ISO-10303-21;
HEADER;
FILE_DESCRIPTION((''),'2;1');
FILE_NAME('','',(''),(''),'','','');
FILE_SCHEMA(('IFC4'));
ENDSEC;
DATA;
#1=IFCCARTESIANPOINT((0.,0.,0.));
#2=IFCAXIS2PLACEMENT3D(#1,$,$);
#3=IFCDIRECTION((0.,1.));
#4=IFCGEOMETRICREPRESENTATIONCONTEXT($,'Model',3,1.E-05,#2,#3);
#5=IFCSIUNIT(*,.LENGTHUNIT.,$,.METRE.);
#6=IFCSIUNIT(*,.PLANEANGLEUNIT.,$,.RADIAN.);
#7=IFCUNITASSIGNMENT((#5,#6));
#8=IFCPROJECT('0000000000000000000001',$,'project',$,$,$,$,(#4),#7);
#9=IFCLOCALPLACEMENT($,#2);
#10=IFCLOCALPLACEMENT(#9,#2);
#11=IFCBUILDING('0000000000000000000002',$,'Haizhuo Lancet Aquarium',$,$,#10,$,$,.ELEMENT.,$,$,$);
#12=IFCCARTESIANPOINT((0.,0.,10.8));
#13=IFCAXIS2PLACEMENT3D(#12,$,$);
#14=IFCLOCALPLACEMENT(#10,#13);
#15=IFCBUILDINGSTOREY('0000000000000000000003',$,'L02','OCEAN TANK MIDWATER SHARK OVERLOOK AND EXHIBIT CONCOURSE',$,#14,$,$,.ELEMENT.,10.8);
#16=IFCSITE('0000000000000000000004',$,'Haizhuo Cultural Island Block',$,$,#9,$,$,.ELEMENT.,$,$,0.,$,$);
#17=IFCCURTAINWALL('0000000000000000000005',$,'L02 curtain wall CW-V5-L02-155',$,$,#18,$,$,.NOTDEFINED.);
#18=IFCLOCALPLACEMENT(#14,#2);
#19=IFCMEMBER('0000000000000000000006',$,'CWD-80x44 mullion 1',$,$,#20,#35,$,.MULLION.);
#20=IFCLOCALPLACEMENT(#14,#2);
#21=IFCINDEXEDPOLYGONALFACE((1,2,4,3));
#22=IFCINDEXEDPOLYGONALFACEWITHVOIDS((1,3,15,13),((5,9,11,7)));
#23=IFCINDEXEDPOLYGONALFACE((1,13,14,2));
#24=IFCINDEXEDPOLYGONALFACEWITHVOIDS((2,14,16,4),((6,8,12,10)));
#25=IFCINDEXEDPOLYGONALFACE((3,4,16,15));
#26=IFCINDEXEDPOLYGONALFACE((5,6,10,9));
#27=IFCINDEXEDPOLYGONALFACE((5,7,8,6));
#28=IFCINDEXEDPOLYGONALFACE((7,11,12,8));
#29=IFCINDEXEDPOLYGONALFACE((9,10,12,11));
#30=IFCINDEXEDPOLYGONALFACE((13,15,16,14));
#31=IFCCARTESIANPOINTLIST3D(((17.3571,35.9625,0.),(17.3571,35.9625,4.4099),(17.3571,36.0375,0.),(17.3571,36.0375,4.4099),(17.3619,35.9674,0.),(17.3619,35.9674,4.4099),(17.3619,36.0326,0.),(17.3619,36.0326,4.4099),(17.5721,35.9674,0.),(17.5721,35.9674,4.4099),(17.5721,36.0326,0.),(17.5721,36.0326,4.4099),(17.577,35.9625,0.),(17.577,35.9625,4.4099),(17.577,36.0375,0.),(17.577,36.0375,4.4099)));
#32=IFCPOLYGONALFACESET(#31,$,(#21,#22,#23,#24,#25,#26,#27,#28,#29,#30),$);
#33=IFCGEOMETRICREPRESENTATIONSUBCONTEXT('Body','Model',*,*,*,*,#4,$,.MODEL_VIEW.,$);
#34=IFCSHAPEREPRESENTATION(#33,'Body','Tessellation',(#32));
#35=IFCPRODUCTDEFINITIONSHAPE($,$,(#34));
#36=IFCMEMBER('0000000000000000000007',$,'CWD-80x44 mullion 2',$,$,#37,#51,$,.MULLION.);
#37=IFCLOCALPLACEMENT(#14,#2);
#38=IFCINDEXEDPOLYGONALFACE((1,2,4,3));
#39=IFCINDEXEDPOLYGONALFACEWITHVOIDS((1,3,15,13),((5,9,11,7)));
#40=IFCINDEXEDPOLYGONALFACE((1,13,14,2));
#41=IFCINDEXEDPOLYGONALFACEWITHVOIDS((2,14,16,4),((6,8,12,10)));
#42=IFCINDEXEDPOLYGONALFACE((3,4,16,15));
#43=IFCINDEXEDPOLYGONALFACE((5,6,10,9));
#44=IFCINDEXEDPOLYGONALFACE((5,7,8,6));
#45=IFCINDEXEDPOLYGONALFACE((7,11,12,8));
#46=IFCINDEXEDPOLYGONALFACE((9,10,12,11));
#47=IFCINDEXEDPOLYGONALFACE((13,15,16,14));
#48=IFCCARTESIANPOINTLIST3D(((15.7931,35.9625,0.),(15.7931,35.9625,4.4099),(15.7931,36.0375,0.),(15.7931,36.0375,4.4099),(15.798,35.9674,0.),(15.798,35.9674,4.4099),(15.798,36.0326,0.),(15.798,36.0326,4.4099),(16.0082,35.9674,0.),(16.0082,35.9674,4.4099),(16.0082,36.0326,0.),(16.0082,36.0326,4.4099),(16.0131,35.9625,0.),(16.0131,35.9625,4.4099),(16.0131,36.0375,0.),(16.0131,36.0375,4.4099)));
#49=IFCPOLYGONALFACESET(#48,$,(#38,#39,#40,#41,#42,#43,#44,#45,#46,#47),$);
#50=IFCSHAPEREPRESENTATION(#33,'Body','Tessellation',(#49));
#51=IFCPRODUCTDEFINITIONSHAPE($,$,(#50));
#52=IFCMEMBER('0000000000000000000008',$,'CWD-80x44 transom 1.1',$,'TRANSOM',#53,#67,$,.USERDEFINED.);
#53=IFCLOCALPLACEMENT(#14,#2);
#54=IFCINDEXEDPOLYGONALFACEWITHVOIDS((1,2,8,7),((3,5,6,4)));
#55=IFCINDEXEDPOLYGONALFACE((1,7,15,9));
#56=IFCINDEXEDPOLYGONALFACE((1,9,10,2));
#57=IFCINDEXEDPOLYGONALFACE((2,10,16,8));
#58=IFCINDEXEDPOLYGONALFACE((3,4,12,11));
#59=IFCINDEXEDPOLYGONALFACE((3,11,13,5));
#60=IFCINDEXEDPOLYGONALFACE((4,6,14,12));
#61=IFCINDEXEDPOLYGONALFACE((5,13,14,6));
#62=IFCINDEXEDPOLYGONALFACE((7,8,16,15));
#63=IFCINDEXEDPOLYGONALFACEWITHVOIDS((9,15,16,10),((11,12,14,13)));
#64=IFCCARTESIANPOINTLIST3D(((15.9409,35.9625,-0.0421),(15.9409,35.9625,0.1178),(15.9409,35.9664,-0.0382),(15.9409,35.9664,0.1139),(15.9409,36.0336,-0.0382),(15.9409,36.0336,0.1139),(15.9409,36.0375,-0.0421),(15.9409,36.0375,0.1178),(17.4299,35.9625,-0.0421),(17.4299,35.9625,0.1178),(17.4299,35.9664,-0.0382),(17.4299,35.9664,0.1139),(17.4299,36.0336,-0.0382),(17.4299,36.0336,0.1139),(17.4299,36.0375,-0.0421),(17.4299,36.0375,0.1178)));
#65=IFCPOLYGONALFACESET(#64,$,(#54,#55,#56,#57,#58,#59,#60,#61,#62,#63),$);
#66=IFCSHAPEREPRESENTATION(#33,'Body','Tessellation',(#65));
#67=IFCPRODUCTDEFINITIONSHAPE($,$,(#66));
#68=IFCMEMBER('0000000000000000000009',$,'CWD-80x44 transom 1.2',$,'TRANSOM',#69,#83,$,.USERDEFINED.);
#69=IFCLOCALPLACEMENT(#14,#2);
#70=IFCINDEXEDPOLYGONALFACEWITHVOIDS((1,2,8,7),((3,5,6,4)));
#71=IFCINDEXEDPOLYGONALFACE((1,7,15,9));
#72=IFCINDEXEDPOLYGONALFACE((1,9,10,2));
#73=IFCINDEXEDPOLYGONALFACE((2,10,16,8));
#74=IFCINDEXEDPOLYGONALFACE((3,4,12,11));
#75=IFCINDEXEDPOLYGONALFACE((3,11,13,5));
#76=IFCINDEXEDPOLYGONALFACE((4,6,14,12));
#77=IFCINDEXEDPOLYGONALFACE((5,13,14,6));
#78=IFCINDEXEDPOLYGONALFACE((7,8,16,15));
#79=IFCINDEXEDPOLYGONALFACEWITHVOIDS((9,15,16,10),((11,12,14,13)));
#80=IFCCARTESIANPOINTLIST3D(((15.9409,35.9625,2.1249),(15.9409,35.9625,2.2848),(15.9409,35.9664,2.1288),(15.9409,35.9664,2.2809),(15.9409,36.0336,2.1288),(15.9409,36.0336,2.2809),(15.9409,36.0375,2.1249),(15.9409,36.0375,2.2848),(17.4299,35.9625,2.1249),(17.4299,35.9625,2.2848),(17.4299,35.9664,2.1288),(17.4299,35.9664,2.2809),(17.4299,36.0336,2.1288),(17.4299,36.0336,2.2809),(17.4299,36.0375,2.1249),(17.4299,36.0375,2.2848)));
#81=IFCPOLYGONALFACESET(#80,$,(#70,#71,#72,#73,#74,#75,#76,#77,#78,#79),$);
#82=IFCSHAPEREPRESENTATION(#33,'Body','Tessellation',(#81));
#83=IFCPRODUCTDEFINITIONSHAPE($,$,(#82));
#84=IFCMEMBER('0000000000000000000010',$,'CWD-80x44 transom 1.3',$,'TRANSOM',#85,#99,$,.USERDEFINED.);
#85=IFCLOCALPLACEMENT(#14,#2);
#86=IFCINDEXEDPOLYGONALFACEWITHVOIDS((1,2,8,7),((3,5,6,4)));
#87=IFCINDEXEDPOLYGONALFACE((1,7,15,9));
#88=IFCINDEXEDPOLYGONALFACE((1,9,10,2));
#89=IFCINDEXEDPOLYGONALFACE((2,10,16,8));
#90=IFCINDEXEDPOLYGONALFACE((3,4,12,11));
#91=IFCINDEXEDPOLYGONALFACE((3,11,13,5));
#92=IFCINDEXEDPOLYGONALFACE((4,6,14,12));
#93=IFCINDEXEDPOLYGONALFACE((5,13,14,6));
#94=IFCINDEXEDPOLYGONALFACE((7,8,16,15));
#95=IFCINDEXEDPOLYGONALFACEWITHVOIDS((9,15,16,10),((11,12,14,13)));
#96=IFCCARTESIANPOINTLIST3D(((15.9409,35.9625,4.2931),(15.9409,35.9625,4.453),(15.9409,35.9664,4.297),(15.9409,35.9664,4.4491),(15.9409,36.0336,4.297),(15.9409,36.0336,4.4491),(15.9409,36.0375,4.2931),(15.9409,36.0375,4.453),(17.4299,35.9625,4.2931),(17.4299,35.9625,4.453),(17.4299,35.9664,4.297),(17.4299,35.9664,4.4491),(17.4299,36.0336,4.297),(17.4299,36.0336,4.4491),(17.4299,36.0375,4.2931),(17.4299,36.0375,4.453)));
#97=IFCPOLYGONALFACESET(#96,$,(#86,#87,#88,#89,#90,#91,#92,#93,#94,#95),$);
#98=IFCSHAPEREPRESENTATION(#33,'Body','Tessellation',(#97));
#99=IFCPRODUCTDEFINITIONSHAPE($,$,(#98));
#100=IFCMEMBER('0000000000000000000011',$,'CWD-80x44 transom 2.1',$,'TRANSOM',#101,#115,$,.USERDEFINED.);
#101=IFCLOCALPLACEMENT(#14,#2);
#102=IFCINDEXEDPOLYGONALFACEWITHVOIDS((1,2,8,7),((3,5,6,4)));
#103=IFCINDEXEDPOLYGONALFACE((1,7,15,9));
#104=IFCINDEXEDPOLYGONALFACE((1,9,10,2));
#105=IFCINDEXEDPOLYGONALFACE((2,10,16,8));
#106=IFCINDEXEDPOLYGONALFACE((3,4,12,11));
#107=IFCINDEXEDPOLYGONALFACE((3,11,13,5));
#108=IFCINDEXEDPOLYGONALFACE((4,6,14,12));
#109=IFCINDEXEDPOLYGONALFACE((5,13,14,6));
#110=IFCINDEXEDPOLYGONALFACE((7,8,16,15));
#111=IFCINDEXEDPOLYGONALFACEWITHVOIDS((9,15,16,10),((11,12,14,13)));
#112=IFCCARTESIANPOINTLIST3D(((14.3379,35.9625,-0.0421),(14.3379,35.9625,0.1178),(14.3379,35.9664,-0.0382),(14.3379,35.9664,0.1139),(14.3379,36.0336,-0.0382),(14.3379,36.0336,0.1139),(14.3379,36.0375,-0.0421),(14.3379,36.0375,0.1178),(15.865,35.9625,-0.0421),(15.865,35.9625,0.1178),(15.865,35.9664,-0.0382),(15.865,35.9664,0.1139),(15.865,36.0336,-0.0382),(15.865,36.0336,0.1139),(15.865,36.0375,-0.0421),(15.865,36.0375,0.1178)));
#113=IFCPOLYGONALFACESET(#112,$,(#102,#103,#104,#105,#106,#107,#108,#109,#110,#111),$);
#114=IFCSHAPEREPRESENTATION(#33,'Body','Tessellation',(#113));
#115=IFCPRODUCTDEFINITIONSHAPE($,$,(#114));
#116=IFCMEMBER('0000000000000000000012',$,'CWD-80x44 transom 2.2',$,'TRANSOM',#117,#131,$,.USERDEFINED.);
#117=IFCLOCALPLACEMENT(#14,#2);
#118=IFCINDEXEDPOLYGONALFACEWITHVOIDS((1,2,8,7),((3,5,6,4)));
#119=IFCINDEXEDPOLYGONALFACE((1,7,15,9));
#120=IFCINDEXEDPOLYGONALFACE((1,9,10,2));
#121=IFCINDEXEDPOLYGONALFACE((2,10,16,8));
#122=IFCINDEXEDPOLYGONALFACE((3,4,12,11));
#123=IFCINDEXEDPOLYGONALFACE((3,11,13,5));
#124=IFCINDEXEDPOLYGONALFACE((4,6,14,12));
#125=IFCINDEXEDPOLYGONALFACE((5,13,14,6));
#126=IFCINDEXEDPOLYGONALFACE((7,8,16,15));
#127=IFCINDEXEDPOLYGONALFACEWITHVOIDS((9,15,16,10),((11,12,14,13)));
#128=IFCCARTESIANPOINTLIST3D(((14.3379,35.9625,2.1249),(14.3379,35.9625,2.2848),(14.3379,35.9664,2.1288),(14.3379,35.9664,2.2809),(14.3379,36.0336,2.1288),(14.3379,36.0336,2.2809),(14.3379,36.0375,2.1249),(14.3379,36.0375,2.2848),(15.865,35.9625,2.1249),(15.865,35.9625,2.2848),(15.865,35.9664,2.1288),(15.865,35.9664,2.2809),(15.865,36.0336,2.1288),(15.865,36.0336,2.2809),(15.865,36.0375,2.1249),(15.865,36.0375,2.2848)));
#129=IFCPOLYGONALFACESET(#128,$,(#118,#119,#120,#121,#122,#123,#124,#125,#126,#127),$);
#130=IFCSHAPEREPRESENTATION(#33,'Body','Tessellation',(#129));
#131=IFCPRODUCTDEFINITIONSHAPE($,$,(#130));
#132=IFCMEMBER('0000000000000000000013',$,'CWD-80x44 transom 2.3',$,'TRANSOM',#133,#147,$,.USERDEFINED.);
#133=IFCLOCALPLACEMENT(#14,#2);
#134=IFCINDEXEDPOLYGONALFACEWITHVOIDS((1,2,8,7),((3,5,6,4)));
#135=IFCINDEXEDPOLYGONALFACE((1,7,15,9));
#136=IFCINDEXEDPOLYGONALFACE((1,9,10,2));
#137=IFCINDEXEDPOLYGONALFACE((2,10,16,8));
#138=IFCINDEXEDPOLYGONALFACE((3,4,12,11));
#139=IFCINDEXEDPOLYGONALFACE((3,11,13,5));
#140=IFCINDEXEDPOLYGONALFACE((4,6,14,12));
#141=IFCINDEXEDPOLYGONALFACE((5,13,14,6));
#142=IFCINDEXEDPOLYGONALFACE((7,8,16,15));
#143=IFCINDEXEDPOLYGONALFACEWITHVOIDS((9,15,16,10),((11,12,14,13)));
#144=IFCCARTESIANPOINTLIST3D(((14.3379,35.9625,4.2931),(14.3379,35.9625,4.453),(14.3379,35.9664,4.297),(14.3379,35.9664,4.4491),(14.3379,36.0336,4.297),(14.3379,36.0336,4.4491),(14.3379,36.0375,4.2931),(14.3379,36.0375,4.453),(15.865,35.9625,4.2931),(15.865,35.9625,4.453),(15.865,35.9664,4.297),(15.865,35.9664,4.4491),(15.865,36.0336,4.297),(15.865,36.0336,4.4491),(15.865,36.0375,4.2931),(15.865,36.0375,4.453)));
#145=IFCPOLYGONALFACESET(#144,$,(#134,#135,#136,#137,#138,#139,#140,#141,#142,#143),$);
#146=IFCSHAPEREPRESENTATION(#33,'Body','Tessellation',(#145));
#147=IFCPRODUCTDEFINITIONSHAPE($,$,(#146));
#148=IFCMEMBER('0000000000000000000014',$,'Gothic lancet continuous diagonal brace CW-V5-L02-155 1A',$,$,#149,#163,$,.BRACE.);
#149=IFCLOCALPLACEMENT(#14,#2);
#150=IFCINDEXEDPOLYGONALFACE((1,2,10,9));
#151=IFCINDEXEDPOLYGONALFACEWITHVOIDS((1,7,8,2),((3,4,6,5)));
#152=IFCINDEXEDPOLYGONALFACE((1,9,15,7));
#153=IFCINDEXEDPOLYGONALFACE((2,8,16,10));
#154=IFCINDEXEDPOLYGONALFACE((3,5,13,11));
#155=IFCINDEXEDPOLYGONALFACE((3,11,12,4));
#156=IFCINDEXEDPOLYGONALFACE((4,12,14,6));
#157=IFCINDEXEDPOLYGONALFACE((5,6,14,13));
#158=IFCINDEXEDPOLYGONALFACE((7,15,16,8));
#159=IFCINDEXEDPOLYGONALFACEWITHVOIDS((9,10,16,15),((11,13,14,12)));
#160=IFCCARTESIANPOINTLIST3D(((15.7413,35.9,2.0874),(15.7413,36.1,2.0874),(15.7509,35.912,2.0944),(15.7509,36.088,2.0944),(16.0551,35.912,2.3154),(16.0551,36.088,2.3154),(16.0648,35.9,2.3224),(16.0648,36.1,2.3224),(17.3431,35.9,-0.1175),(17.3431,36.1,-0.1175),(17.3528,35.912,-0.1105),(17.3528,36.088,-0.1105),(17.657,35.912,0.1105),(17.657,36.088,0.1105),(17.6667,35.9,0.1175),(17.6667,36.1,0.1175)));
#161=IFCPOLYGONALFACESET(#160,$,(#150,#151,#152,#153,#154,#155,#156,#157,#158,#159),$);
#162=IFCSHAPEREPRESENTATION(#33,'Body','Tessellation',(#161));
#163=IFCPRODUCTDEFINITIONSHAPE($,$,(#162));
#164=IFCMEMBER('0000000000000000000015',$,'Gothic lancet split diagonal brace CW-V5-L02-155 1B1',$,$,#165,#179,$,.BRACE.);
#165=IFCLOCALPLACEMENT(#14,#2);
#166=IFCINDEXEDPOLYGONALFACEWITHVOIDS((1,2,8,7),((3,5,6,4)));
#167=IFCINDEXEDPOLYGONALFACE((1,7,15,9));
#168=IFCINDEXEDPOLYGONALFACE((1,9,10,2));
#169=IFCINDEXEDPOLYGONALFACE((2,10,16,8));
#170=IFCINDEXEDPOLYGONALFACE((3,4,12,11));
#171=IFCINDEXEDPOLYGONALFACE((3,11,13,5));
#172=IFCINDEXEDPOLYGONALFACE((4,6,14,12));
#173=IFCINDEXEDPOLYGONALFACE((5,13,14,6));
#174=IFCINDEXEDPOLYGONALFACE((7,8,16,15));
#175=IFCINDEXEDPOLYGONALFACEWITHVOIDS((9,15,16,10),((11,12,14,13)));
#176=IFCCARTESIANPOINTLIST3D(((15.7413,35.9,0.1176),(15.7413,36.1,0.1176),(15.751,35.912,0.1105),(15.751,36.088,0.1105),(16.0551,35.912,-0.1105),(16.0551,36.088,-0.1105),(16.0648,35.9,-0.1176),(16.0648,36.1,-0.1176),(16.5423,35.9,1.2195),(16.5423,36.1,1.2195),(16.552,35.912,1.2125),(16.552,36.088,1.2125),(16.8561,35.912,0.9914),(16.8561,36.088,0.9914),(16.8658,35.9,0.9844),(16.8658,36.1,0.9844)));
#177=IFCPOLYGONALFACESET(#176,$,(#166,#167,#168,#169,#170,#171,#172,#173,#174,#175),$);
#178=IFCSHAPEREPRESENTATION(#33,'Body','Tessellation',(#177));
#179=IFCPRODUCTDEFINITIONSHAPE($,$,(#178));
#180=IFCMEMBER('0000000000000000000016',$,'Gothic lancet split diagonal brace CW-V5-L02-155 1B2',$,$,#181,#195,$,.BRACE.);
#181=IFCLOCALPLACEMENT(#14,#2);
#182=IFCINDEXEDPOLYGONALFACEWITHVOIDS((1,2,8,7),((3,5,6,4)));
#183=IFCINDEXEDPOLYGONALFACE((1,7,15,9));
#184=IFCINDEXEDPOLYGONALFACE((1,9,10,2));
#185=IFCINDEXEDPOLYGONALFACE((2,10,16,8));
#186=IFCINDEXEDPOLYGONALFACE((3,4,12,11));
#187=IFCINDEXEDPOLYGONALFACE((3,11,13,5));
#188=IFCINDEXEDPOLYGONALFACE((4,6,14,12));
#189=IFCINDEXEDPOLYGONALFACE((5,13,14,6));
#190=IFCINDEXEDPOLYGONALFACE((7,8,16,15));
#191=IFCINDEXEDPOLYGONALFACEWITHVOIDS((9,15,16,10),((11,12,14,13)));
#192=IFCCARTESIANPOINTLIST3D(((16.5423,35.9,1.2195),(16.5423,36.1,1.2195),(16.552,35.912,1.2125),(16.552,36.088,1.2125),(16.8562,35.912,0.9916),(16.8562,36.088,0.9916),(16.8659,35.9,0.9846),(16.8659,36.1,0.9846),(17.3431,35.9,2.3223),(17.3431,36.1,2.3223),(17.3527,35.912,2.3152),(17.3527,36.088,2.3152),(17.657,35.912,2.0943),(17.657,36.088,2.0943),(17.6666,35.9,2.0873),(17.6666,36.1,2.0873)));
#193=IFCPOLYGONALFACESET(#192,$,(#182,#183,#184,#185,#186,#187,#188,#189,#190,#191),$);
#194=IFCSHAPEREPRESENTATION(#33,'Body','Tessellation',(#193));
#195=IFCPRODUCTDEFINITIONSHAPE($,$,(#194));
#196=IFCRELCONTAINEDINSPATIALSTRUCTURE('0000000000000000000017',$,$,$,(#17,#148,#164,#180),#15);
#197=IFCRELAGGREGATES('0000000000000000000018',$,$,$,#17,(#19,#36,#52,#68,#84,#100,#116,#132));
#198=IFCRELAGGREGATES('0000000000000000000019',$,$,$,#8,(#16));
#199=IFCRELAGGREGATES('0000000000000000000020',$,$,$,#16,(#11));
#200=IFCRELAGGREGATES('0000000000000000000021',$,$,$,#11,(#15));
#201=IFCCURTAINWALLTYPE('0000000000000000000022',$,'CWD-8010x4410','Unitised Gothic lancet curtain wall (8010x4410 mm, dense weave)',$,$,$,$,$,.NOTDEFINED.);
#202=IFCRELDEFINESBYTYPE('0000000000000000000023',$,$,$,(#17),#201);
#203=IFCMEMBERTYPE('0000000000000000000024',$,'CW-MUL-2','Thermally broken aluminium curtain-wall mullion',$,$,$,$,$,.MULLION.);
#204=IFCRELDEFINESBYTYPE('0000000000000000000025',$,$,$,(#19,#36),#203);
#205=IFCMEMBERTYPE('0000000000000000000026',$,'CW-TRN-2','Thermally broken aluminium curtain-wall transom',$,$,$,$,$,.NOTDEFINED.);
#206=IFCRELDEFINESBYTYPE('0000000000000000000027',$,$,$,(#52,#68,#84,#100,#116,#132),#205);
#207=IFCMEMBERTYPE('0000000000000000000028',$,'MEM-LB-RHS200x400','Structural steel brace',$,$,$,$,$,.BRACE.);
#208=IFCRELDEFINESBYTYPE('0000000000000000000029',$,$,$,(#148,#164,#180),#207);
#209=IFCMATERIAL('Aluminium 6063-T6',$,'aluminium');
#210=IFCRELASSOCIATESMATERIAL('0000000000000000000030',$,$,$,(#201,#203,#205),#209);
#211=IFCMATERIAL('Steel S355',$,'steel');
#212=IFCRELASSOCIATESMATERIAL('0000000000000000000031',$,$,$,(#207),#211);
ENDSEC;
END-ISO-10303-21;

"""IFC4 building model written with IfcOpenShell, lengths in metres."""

from ifc_helpers import new_model, si_unit, direction, frame, origin, origin_2d, place, context, subcontext, project, spatial, hollow_rectangle, extrude, material, material_profile, profile_set, type_object, element, aggregate, save


model = new_model("IFC4")

# Units and contexts
model_context = context("Model", 3, precision=1e-05, world=origin(), true_north=direction((0.0, 1.0)))
body_context = subcontext(model_context, "Body", "Model", "MODEL_VIEW")
ifc_project = project(units=[si_unit("LENGTHUNIT", "METRE"), si_unit("PLANEANGLEUNIT", "RADIAN")], contexts=[model_context])

# Site, building, storey
site_placement = place(None, origin())
site = spatial("IfcSite", under=ifc_project, at=site_placement, Name="Haizhuo Cultural Island Block", CompositionType="ELEMENT", RefElevation=0.0)
building_placement = place(site_placement, origin())
building = spatial("IfcBuilding", under=site, at=building_placement, Name="Haizhuo Lancet Aquarium", CompositionType="ELEMENT")
storey_placement = place(building_placement, frame((0.0, 0.0, 10.8)))
storey = spatial("IfcBuildingStorey", under=building, at=storey_placement, Name="L02", Description="OCEAN TANK MIDWATER SHARK OVERLOOK AND EXHIBIT CONCOURSE", CompositionType="ELEMENT", Elevation=10.8)

# Curtain wall, members
ifc_material_1 = material(Name="Aluminium 6063-T6", Category="aluminium")
curtain_wall_type = type_object("IfcCurtainWallType", Name="CWD-8010x4410", Description="Unitised Gothic lancet curtain wall (8010x4410 mm, dense weave)", PredefinedType="NOTDEFINED", material=ifc_material_1)
curtain_wall_placement = place(storey_placement, origin())
curtain_wall = element("IfcCurtainWall", 1, at=curtain_wall_placement, inside=storey, type_object=curtain_wall_type, Name="L02 curtain wall CW-V5-L02-155", PredefinedType="NOTDEFINED")
ifc_material_profile_1 = material_profile(ifc_material_1, hollow_rectangle(XDim=0.075, YDim=0.22, WallThickness=0.0049, at=origin_2d()), Name="ALU-M 75x220x5")
ifc_profile_set_1 = profile_set([ifc_material_profile_1], Name="Aluminium 6063-T6")
member_type_1 = type_object("IfcMemberType", Name="CW-MUL-2", Description="Thermally broken aluminium curtain-wall mullion", PredefinedType="MULLION", material=ifc_profile_set_1)
member_1_placement = place(storey_placement, frame((17.467, 36.0, 0.0), z_axis=(0.0, 0.0, 1.0), x_axis=(0.0, -1.0, 0.0)))
member_1 = element("IfcMember", 2, at=member_1_placement, type_object=member_type_1, Name="CWD-80x44 mullion 1", PredefinedType="MULLION", context=body_context, shape_type="SweptSolid", body=[
    extrude(hollow_rectangle(XDim=0.075, YDim=0.22, WallThickness=0.0049, at=origin_2d()), origin(), (0.0, 0.0, 1.0), 4.4099),
])
member_2_placement = place(storey_placement, frame((15.9031, 36.0, 0.0), z_axis=(0.0, 0.0, 1.0), x_axis=(0.0, -1.0, 0.0)))
member_2 = element("IfcMember", 3, at=member_2_placement, type_object=member_type_1, Name="CWD-80x44 mullion 2", PredefinedType="MULLION", context=body_context, shape_type="SweptSolid", body=[
    extrude(hollow_rectangle(XDim=0.075, YDim=0.22, WallThickness=0.0049, at=origin_2d()), origin(), (0.0, 0.0, 1.0), 4.4099),
])
ifc_material_profile_2 = material_profile(ifc_material_1, hollow_rectangle(XDim=0.075, YDim=0.1599, WallThickness=0.0039, at=origin_2d()), Name="ALU-T 75x160x4")
ifc_profile_set_2 = profile_set([ifc_material_profile_2], Name="Aluminium 6063-T6")
member_type_2 = type_object("IfcMemberType", Name="CW-TRN-2", Description="Thermally broken aluminium curtain-wall transom", PredefinedType="NOTDEFINED", material=ifc_profile_set_2)
member_3_placement = place(storey_placement, frame((17.4299, 36.0, 0.0378), z_axis=(-1.0, 0.0, 0.0), x_axis=(0.0, -1.0, 0.0)))
member_3 = element("IfcMember", 4, at=member_3_placement, type_object=member_type_2, Name="CWD-80x44 transom 1.1", ObjectType="TRANSOM", PredefinedType="USERDEFINED", context=body_context, shape_type="SweptSolid", body=[
    extrude(hollow_rectangle(XDim=0.075, YDim=0.1599, WallThickness=0.0039, at=origin_2d()), origin(), (0.0, 0.0, 1.0), 1.489),
])
member_4_placement = place(storey_placement, frame((17.4299, 36.0, 2.2048), z_axis=(-1.0, 0.0, 0.0), x_axis=(0.0, -1.0, 0.0)))
member_4 = element("IfcMember", 5, at=member_4_placement, type_object=member_type_2, Name="CWD-80x44 transom 1.2", ObjectType="TRANSOM", PredefinedType="USERDEFINED", context=body_context, shape_type="SweptSolid", body=[
    extrude(hollow_rectangle(XDim=0.075, YDim=0.1599, WallThickness=0.0039, at=origin_2d()), origin(), (0.0, 0.0, 1.0), 1.489),
])
member_5_placement = place(storey_placement, frame((17.4299, 36.0, 4.373), z_axis=(-1.0, 0.0, 0.0), x_axis=(0.0, -1.0, 0.0)))
member_5 = element("IfcMember", 6, at=member_5_placement, type_object=member_type_2, Name="CWD-80x44 transom 1.3", ObjectType="TRANSOM", PredefinedType="USERDEFINED", context=body_context, shape_type="SweptSolid", body=[
    extrude(hollow_rectangle(XDim=0.075, YDim=0.1599, WallThickness=0.0039, at=origin_2d()), origin(), (0.0, 0.0, 1.0), 1.489),
])
member_6_placement = place(storey_placement, frame((15.865, 36.0, 0.0378), z_axis=(-1.0, 0.0, 0.0), x_axis=(0.0, -1.0, 0.0)))
member_6 = element("IfcMember", 7, at=member_6_placement, type_object=member_type_2, Name="CWD-80x44 transom 2.1", ObjectType="TRANSOM", PredefinedType="USERDEFINED", context=body_context, shape_type="SweptSolid", body=[
    extrude(hollow_rectangle(XDim=0.075, YDim=0.1599, WallThickness=0.0039, at=origin_2d()), origin(), (0.0, 0.0, 1.0), 1.5271),
])
member_7_placement = place(storey_placement, frame((15.865, 36.0, 2.2048), z_axis=(-1.0, 0.0, 0.0), x_axis=(0.0, -1.0, 0.0)))
member_7 = element("IfcMember", 8, at=member_7_placement, type_object=member_type_2, Name="CWD-80x44 transom 2.2", ObjectType="TRANSOM", PredefinedType="USERDEFINED", context=body_context, shape_type="SweptSolid", body=[
    extrude(hollow_rectangle(XDim=0.075, YDim=0.1599, WallThickness=0.0039, at=origin_2d()), origin(), (0.0, 0.0, 1.0), 1.5271),
])
member_8_placement = place(storey_placement, frame((15.865, 36.0, 4.373), z_axis=(-1.0, 0.0, 0.0), x_axis=(0.0, -1.0, 0.0)))
member_8 = element("IfcMember", 9, at=member_8_placement, type_object=member_type_2, Name="CWD-80x44 transom 2.3", ObjectType="TRANSOM", PredefinedType="USERDEFINED", context=body_context, shape_type="SweptSolid", body=[
    extrude(hollow_rectangle(XDim=0.075, YDim=0.1599, WallThickness=0.0039, at=origin_2d()), origin(), (0.0, 0.0, 1.0), 1.5271),
])

# Members
ifc_material_2 = material(Name="Steel S355", Category="steel")
ifc_material_profile_3 = material_profile(ifc_material_2, hollow_rectangle(XDim=0.2, YDim=0.3999, WallThickness=0.012, at=origin_2d()), Name="RHS 200x400x12")
ifc_profile_set_3 = profile_set([ifc_material_profile_3], Name="Steel S355")
member_type_3 = type_object("IfcMemberType", Name="MEM-LB-RHS200x400", Description="Structural steel brace", PredefinedType="BRACE", material=ifc_profile_set_3)
member_9_placement = place(storey_placement, frame((17.5049, 36.0, 0.0), z_axis=(-0.587761, 0.0, 0.809034), x_axis=(0.0, -1.0, 0.0)))
element("IfcMember", 10, at=member_9_placement, inside=storey, type_object=member_type_3, Name="Gothic lancet continuous diagonal brace CW-V5-L02-155 1A", PredefinedType="BRACE", context=body_context, shape_type="SweptSolid", body=[
    extrude(hollow_rectangle(XDim=0.2, YDim=0.3999, WallThickness=0.012, at=origin_2d()), origin(), (0.0, 0.0, 1.0), 2.7253),
])
member_10_placement = place(storey_placement, frame((15.9031, 36.0, 0.0), z_axis=(0.587948, 0.0, 0.808899), x_axis=(0.0, 1.0, 0.0)))
element("IfcMember", 11, at=member_10_placement, inside=storey, type_object=member_type_3, Name="Gothic lancet split diagonal brace CW-V5-L02-155 1B1", PredefinedType="BRACE", context=body_context, shape_type="SweptSolid", body=[
    extrude(hollow_rectangle(XDim=0.2, YDim=0.3999, WallThickness=0.012, at=origin_2d()), origin(), (0.0, 0.0, 1.0), 1.3623),
])
member_11_placement = place(storey_placement, frame((16.7041, 36.0, 1.1021), z_axis=(0.587575, 0.0, 0.80917), x_axis=(0.0, 1.0, 0.0)))
element("IfcMember", 12, at=member_11_placement, inside=storey, type_object=member_type_3, Name="Gothic lancet split diagonal brace CW-V5-L02-155 1B2", PredefinedType="BRACE", context=body_context, shape_type="SweptSolid", body=[
    extrude(hollow_rectangle(XDim=0.2, YDim=0.3999, WallThickness=0.012, at=origin_2d()), origin(), (0.0, 0.0, 1.0), 1.3628),
])

aggregate(curtain_wall, [member_1, member_2, member_3, member_4, member_5, member_6, member_7, member_8])

save(model, "model.ifc")
